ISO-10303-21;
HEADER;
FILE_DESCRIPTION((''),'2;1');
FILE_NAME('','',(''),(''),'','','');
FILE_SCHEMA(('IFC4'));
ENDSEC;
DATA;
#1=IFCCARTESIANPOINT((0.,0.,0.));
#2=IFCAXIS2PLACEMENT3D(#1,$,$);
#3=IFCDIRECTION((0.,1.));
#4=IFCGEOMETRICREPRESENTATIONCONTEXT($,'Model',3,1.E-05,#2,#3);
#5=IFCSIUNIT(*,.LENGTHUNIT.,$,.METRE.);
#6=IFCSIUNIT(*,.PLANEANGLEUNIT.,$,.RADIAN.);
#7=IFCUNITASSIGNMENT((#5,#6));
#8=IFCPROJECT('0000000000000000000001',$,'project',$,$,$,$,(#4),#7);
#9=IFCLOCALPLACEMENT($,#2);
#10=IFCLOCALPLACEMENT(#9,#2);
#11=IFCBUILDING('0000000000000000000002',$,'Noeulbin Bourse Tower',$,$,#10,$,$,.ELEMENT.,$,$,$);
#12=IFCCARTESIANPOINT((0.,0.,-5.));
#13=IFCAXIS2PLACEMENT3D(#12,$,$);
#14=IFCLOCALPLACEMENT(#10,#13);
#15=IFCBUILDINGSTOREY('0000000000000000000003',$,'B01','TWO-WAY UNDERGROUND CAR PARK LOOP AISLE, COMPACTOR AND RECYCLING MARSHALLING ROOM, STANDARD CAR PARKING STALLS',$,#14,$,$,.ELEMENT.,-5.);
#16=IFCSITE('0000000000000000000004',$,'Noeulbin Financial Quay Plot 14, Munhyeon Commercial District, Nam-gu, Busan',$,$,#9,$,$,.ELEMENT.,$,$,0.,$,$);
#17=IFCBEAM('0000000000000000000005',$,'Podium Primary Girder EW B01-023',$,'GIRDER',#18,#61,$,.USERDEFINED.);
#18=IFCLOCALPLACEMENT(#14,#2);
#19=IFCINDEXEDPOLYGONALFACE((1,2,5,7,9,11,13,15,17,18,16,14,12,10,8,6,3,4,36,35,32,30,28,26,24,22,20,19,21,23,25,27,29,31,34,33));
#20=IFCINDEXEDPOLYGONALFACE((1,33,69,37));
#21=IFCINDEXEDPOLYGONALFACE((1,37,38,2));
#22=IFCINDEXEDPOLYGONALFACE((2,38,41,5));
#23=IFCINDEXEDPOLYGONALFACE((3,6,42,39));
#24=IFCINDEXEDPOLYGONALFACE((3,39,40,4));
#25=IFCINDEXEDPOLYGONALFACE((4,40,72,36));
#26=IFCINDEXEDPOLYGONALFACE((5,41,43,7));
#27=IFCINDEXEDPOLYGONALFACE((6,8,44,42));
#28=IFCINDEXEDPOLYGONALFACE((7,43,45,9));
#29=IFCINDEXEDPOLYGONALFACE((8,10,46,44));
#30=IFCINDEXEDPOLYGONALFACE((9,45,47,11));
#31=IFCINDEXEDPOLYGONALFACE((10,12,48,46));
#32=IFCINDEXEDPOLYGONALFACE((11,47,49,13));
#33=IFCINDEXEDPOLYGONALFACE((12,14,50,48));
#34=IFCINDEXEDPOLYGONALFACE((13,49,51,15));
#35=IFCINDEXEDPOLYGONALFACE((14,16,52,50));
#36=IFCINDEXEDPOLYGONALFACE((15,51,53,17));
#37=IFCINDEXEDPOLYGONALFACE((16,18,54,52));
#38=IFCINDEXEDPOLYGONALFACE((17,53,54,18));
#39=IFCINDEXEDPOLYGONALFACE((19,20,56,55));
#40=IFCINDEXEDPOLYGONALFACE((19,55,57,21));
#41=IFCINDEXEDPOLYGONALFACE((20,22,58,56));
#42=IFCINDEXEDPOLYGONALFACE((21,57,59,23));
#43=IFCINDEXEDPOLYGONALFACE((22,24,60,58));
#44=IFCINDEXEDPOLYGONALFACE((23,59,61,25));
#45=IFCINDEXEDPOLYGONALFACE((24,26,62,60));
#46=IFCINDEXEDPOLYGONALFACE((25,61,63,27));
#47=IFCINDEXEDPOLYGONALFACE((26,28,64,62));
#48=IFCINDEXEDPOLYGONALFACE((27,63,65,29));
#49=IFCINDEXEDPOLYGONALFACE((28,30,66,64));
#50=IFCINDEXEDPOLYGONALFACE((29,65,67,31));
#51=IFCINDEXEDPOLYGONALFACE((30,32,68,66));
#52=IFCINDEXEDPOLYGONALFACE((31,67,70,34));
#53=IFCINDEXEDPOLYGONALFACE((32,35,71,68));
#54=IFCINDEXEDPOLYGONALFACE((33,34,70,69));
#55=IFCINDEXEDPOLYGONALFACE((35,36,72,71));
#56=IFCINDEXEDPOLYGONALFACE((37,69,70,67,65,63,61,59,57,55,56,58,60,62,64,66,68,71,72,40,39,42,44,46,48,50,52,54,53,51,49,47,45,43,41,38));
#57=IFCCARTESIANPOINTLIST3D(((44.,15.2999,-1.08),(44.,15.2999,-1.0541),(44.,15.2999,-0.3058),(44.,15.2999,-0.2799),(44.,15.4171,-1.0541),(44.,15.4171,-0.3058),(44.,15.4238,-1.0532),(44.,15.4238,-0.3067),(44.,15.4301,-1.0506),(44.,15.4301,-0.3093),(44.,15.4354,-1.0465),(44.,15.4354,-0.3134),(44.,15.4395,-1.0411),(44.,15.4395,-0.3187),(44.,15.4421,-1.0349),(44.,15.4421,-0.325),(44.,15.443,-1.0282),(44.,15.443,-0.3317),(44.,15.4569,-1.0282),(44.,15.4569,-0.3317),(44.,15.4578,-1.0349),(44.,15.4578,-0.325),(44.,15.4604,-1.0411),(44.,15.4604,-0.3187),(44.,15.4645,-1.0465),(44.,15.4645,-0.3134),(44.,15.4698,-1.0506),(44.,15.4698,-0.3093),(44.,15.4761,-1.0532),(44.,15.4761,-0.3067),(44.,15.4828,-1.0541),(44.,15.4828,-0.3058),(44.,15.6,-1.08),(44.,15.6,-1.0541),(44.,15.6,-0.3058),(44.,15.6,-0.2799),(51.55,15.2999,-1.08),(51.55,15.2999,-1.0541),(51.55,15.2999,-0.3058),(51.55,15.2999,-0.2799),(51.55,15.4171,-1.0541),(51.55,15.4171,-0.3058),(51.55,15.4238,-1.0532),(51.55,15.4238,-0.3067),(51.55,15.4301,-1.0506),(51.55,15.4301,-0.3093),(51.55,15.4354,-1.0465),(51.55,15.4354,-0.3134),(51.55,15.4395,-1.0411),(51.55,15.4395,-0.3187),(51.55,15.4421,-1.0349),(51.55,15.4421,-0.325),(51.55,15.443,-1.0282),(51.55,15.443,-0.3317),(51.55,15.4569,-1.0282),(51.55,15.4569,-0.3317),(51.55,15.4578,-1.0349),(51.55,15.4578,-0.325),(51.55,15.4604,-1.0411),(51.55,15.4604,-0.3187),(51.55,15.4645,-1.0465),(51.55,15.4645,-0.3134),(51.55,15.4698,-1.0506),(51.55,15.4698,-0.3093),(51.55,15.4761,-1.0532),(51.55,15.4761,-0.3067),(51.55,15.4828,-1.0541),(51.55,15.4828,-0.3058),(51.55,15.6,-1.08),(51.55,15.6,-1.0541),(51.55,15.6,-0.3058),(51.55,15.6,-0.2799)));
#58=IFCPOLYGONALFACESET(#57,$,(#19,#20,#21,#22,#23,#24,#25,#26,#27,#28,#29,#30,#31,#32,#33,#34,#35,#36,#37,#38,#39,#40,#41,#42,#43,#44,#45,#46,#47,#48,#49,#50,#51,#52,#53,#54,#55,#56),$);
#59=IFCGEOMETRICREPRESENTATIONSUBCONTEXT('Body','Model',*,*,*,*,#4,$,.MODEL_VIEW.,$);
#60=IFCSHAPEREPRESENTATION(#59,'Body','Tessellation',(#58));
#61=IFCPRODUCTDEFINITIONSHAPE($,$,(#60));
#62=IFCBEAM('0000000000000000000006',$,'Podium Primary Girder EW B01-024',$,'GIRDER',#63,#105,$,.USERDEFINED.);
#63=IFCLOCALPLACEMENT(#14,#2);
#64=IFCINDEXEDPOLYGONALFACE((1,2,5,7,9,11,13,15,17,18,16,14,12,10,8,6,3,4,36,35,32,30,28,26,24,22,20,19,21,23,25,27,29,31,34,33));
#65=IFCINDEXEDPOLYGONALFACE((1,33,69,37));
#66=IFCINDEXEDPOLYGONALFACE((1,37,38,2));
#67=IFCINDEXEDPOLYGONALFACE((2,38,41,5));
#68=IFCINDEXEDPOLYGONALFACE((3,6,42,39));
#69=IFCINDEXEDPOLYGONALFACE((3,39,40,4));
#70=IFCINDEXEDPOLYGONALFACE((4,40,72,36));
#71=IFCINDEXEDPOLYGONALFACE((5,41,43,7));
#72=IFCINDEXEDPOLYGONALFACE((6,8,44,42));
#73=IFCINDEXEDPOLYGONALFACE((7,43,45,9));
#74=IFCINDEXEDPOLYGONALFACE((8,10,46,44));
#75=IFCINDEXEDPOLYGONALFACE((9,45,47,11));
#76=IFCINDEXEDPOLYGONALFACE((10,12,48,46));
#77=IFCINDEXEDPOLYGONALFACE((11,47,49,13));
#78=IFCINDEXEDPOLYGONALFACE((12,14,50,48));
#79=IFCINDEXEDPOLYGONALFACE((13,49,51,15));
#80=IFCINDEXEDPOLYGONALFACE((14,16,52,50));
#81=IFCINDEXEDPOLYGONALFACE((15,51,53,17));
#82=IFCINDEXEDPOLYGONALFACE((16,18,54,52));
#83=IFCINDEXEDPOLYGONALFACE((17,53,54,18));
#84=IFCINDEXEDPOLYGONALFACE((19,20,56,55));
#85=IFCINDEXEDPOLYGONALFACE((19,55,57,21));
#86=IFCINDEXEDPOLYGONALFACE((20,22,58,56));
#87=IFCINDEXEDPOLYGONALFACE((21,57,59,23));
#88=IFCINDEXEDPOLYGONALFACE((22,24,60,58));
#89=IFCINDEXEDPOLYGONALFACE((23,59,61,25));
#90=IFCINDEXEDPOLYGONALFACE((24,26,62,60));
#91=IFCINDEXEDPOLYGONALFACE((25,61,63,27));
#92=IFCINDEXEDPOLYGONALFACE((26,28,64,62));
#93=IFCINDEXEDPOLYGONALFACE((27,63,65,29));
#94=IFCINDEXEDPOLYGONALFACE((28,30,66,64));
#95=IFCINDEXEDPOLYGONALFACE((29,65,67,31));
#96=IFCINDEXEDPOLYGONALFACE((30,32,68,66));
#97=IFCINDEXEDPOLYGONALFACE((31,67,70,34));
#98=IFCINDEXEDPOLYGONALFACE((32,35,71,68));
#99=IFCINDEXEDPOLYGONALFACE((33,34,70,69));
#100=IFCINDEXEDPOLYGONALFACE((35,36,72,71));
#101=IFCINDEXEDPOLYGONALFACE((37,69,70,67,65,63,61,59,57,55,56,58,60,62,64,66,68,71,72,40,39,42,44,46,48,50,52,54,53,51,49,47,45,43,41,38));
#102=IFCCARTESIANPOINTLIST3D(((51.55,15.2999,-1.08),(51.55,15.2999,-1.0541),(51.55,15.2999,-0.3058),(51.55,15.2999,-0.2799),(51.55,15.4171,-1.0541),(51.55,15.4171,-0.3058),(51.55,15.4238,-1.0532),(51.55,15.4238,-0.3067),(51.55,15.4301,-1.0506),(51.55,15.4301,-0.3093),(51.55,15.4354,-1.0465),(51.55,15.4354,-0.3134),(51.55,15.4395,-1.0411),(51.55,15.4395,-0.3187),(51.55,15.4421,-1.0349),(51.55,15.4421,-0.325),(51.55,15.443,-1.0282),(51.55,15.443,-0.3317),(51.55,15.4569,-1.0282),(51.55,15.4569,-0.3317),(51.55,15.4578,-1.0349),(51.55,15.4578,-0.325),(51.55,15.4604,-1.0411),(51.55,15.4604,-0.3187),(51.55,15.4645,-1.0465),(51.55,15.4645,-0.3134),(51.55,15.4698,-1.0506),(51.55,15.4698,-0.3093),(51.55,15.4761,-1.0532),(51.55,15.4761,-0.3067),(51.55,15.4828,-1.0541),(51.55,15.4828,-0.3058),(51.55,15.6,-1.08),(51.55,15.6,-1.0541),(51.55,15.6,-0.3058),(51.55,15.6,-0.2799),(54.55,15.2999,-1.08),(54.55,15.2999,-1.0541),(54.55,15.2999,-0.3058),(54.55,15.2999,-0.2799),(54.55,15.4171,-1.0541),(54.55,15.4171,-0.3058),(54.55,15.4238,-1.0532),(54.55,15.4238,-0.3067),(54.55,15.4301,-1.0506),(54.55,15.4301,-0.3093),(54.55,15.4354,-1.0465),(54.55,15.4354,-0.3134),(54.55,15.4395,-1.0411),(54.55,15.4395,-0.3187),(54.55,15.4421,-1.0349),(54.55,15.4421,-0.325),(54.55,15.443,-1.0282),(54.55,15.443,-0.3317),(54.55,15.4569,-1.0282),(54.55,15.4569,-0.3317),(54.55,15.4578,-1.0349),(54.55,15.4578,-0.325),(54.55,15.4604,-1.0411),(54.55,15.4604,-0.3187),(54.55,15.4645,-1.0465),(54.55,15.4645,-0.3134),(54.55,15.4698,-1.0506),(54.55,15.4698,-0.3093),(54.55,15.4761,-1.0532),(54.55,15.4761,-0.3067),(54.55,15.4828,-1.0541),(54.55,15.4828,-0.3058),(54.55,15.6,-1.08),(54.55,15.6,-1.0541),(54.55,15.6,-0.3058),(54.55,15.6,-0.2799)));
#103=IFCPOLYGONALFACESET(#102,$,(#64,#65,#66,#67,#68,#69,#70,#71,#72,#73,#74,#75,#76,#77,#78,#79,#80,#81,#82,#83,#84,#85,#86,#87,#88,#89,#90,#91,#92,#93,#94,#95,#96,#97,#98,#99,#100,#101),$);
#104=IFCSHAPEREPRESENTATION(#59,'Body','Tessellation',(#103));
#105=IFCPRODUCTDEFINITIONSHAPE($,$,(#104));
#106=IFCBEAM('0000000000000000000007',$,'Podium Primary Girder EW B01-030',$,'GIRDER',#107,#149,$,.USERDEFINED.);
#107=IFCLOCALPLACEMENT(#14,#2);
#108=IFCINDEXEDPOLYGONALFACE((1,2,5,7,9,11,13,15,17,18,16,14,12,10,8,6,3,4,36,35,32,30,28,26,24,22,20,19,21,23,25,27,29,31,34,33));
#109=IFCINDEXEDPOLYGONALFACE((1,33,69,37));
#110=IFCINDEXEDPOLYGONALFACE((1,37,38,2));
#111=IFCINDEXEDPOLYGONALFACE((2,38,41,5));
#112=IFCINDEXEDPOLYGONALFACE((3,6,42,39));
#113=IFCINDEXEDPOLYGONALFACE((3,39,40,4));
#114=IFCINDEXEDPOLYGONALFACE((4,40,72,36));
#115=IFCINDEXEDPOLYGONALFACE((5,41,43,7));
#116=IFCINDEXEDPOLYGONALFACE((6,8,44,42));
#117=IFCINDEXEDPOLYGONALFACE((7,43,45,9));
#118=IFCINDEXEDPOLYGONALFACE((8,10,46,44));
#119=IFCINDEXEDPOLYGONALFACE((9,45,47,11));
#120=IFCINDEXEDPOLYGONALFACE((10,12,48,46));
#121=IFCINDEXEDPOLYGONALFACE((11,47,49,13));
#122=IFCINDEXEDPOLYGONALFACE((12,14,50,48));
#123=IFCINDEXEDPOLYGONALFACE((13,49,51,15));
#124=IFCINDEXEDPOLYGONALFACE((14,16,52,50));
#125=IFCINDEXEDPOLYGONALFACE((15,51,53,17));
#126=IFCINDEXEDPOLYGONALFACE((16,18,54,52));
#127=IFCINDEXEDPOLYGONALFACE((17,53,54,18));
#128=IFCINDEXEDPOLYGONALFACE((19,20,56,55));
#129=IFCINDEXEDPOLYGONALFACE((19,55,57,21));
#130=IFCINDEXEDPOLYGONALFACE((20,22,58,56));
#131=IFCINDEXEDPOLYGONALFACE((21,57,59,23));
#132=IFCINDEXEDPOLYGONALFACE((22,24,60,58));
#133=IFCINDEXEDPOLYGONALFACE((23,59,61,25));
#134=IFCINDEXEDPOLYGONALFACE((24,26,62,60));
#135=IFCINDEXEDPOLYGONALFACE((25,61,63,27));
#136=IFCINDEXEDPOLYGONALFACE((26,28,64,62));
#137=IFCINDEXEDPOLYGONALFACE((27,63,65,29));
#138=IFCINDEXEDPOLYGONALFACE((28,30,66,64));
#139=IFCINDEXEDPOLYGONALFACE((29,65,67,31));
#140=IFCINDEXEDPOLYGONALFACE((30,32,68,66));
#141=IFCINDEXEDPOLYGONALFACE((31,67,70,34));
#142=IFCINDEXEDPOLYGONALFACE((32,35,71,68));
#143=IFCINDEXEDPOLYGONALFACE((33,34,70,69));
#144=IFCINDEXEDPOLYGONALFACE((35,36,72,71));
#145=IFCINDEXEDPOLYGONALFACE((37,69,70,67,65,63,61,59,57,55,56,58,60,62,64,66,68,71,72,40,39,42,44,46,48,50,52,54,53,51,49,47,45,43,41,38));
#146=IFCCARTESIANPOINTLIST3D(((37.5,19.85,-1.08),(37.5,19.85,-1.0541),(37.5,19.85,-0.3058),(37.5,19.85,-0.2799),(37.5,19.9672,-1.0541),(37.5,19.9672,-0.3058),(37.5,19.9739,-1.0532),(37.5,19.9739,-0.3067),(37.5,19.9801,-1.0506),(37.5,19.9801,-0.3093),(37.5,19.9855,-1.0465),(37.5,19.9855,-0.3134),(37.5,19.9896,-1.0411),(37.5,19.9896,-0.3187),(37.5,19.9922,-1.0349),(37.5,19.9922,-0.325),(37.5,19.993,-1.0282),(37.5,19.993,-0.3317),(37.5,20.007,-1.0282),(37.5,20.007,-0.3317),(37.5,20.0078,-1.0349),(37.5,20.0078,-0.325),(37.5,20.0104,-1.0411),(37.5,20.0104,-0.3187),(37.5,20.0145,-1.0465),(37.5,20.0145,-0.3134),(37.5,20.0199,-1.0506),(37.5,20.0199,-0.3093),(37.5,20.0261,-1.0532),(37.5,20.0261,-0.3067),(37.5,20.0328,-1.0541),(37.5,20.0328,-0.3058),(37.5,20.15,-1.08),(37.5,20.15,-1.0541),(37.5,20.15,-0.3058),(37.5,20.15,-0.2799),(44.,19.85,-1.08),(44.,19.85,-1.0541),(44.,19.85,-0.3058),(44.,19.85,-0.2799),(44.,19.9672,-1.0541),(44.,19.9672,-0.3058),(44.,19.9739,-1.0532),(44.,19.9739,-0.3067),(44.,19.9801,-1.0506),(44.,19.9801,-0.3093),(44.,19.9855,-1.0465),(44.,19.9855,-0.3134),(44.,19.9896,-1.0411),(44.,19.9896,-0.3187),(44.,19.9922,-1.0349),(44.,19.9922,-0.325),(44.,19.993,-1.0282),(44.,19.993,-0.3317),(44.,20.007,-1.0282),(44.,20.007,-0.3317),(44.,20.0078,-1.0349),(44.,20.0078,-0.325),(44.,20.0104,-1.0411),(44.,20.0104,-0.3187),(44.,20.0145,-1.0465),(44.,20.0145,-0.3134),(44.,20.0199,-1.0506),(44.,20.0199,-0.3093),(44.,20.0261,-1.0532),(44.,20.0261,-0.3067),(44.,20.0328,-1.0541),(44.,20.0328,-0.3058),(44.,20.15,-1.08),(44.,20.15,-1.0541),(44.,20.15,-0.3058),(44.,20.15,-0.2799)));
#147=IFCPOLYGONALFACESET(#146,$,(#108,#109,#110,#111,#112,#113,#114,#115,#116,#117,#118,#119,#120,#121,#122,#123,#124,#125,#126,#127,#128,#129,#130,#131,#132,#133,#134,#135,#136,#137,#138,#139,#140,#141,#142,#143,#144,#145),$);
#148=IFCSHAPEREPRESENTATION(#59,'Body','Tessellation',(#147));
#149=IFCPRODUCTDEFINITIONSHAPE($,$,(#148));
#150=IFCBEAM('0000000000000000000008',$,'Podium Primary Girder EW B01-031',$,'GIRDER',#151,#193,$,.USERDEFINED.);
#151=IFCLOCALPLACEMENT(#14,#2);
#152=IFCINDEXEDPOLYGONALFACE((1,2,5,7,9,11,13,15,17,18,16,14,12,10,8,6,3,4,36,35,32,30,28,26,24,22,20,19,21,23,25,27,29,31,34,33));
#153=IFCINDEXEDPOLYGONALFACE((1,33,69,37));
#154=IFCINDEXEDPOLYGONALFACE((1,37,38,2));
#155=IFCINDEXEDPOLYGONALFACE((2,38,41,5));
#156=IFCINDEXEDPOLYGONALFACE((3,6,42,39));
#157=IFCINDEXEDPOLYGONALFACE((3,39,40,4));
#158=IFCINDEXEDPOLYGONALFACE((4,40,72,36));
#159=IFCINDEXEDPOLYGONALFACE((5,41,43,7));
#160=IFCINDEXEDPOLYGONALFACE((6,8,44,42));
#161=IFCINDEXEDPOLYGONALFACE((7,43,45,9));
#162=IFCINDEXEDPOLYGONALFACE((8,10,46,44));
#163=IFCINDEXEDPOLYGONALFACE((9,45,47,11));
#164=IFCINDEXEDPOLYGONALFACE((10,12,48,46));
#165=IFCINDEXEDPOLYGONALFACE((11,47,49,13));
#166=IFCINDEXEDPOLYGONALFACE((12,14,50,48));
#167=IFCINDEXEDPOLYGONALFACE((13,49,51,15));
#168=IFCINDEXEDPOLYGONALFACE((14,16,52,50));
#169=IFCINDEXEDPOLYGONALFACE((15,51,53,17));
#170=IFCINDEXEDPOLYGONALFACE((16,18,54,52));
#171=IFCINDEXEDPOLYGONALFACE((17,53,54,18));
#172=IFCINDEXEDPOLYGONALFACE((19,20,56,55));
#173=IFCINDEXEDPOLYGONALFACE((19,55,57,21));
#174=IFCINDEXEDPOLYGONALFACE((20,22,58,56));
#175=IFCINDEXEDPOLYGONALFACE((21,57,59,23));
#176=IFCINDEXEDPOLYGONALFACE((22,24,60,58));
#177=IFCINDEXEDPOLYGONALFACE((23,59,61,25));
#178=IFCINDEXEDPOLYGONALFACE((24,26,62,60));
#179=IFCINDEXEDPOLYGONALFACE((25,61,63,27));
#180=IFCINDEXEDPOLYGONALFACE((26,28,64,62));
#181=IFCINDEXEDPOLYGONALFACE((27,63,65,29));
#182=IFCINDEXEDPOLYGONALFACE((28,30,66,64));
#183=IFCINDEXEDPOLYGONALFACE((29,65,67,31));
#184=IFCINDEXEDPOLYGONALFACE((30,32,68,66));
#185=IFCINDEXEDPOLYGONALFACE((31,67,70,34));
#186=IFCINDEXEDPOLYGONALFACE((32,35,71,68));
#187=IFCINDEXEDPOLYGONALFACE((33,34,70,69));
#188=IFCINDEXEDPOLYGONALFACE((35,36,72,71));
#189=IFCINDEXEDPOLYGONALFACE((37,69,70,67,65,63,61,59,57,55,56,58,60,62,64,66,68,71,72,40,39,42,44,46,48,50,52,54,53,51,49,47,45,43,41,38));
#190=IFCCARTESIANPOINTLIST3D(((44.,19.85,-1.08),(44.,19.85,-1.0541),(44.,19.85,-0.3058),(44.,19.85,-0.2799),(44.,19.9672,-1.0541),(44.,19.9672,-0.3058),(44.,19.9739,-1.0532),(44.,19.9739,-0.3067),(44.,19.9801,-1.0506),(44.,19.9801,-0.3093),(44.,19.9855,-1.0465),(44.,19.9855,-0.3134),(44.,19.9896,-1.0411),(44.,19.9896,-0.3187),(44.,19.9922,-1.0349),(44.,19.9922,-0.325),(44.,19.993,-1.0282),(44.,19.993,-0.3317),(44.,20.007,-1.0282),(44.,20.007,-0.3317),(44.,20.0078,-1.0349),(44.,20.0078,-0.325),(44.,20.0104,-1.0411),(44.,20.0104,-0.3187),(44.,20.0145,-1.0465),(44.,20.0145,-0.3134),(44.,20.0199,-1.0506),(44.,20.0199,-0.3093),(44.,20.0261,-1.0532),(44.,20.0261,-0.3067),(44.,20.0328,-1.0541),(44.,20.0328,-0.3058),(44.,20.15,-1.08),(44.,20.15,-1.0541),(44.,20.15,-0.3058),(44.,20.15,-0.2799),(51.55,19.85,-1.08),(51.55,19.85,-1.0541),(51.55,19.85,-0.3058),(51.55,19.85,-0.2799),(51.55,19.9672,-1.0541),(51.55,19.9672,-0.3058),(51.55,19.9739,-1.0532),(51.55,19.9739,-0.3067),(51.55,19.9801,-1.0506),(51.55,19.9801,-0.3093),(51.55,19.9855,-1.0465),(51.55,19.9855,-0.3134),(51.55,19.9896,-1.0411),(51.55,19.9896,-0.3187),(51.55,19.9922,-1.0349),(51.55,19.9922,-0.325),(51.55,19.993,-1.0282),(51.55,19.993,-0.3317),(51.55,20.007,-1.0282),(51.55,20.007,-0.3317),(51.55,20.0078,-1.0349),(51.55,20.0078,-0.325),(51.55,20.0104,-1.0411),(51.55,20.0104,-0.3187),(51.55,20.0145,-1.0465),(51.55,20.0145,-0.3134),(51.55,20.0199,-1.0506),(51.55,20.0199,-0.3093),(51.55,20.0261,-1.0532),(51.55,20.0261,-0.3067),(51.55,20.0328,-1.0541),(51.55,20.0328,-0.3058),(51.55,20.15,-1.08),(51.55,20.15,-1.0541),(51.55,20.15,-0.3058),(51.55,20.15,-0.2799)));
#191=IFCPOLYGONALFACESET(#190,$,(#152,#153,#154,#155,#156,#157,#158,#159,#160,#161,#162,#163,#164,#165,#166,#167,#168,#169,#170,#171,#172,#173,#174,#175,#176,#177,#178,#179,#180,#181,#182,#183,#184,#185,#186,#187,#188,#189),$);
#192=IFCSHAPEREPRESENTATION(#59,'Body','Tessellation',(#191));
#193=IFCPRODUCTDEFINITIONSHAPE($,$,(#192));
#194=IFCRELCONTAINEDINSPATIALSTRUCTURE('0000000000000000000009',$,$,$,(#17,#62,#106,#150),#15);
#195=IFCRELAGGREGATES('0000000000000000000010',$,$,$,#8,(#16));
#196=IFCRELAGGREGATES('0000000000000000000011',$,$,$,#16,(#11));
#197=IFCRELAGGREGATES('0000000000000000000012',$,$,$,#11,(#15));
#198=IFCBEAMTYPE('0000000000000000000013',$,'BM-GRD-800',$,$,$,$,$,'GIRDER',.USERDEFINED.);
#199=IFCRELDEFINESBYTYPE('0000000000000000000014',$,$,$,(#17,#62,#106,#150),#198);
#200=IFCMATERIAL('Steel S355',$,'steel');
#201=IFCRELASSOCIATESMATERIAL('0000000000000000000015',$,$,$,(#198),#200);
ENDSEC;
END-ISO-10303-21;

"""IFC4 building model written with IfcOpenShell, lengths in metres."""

from ifc_helpers import new_model, si_unit, direction, frame, origin, origin_2d, place, context, subcontext, project, spatial, i_section, extrude, material, material_profile, profile_set, type_object, element, save


model = new_model("IFC4")

# Units and contexts
model_context = context("Model", 3, precision=1e-05, world=origin(), true_north=direction((0.0, 1.0)))
body_context = subcontext(model_context, "Body", "Model", "MODEL_VIEW")
ifc_project = project(units=[si_unit("LENGTHUNIT", "METRE"), si_unit("PLANEANGLEUNIT", "RADIAN")], contexts=[model_context])

# Site, building, storey
site_placement = place(None, origin())
site = spatial("IfcSite", under=ifc_project, at=site_placement, Name="Noeulbin Financial Quay Plot 14, Munhyeon Commercial District, Nam-gu, Busan", CompositionType="ELEMENT", RefElevation=0.0)
building_placement = place(site_placement, origin())
building = spatial("IfcBuilding", under=site, at=building_placement, Name="Noeulbin Bourse Tower", CompositionType="ELEMENT")
storey_placement = place(building_placement, frame((0.0, 0.0, -5.0)))
storey = spatial("IfcBuildingStorey", under=building, at=storey_placement, Name="B01", Description="TWO-WAY UNDERGROUND CAR PARK LOOP AISLE, COMPACTOR AND RECYCLING MARSHALLING ROOM, STANDARD CAR PARKING STALLS", CompositionType="ELEMENT", Elevation=-5.0)

# Beams
ifc_material_1 = material(Name="Steel S355", Category="steel")
ifc_material_profile_1 = material_profile(ifc_material_1, i_section(OverallWidth=0.3, OverallDepth=0.8, WebThickness=0.0139, FlangeThickness=0.0259, FilletRadius=0.0259, at=origin_2d()), Name="H-800x300x14x26", Category="LoadBearing")
ifc_profile_set_1 = profile_set([ifc_material_profile_1], Name="Steel S355")
beam_type_1 = type_object("IfcBeamType", Name="BM-GRD-800", ElementType="GIRDER", PredefinedType="USERDEFINED", material=ifc_profile_set_1)
beam_1_placement = place(storey_placement, frame((44.0, 15.45, -0.6799), z_axis=(1.0, 0.0, 0.0), x_axis=(0.0, 1.0, 0.0)))
element("IfcBeam", 1, at=beam_1_placement, inside=storey, type_object=beam_type_1, Name="Podium Primary Girder EW B01-023", ObjectType="GIRDER", PredefinedType="USERDEFINED", context=body_context, shape_type="SweptSolid", body=[
    extrude(i_section(OverallWidth=0.3, OverallDepth=0.8, WebThickness=0.0139, FlangeThickness=0.0259, FilletRadius=0.0259, at=origin_2d()), origin(), (0.0, 0.0, 1.0), 7.55),
])
beam_2_placement = place(storey_placement, frame((51.55, 15.45, -0.6799), z_axis=(1.0, 0.0, 0.0), x_axis=(0.0, 1.0, 0.0)))
element("IfcBeam", 2, at=beam_2_placement, inside=storey, type_object=beam_type_1, Name="Podium Primary Girder EW B01-024", ObjectType="GIRDER", PredefinedType="USERDEFINED", context=body_context, shape_type="SweptSolid", body=[
    extrude(i_section(OverallWidth=0.3, OverallDepth=0.8, WebThickness=0.0139, FlangeThickness=0.0259, FilletRadius=0.0259, at=origin_2d()), origin(), (0.0, 0.0, 1.0), 3.0),
])
beam_3_placement = place(storey_placement, frame((37.5, 20.0, -0.6799), z_axis=(1.0, 0.0, 0.0), x_axis=(0.0, 1.0, 0.0)))
element("IfcBeam", 3, at=beam_3_placement, inside=storey, type_object=beam_type_1, Name="Podium Primary Girder EW B01-030", ObjectType="GIRDER", PredefinedType="USERDEFINED", context=body_context, shape_type="SweptSolid", body=[
    extrude(i_section(OverallWidth=0.3, OverallDepth=0.8, WebThickness=0.0139, FlangeThickness=0.0259, FilletRadius=0.0259, at=origin_2d()), origin(), (0.0, 0.0, 1.0), 6.5),
])
beam_4_placement = place(storey_placement, frame((44.0, 20.0, -0.6799), z_axis=(1.0, 0.0, 0.0), x_axis=(0.0, 1.0, 0.0)))
element("IfcBeam", 4, at=beam_4_placement, inside=storey, type_object=beam_type_1, Name="Podium Primary Girder EW B01-031", ObjectType="GIRDER", PredefinedType="USERDEFINED", context=body_context, shape_type="SweptSolid", body=[
    extrude(i_section(OverallWidth=0.3, OverallDepth=0.8, WebThickness=0.0139, FlangeThickness=0.0259, FilletRadius=0.0259, at=origin_2d()), origin(), (0.0, 0.0, 1.0), 7.55),
])

save(model, "model.ifc")
